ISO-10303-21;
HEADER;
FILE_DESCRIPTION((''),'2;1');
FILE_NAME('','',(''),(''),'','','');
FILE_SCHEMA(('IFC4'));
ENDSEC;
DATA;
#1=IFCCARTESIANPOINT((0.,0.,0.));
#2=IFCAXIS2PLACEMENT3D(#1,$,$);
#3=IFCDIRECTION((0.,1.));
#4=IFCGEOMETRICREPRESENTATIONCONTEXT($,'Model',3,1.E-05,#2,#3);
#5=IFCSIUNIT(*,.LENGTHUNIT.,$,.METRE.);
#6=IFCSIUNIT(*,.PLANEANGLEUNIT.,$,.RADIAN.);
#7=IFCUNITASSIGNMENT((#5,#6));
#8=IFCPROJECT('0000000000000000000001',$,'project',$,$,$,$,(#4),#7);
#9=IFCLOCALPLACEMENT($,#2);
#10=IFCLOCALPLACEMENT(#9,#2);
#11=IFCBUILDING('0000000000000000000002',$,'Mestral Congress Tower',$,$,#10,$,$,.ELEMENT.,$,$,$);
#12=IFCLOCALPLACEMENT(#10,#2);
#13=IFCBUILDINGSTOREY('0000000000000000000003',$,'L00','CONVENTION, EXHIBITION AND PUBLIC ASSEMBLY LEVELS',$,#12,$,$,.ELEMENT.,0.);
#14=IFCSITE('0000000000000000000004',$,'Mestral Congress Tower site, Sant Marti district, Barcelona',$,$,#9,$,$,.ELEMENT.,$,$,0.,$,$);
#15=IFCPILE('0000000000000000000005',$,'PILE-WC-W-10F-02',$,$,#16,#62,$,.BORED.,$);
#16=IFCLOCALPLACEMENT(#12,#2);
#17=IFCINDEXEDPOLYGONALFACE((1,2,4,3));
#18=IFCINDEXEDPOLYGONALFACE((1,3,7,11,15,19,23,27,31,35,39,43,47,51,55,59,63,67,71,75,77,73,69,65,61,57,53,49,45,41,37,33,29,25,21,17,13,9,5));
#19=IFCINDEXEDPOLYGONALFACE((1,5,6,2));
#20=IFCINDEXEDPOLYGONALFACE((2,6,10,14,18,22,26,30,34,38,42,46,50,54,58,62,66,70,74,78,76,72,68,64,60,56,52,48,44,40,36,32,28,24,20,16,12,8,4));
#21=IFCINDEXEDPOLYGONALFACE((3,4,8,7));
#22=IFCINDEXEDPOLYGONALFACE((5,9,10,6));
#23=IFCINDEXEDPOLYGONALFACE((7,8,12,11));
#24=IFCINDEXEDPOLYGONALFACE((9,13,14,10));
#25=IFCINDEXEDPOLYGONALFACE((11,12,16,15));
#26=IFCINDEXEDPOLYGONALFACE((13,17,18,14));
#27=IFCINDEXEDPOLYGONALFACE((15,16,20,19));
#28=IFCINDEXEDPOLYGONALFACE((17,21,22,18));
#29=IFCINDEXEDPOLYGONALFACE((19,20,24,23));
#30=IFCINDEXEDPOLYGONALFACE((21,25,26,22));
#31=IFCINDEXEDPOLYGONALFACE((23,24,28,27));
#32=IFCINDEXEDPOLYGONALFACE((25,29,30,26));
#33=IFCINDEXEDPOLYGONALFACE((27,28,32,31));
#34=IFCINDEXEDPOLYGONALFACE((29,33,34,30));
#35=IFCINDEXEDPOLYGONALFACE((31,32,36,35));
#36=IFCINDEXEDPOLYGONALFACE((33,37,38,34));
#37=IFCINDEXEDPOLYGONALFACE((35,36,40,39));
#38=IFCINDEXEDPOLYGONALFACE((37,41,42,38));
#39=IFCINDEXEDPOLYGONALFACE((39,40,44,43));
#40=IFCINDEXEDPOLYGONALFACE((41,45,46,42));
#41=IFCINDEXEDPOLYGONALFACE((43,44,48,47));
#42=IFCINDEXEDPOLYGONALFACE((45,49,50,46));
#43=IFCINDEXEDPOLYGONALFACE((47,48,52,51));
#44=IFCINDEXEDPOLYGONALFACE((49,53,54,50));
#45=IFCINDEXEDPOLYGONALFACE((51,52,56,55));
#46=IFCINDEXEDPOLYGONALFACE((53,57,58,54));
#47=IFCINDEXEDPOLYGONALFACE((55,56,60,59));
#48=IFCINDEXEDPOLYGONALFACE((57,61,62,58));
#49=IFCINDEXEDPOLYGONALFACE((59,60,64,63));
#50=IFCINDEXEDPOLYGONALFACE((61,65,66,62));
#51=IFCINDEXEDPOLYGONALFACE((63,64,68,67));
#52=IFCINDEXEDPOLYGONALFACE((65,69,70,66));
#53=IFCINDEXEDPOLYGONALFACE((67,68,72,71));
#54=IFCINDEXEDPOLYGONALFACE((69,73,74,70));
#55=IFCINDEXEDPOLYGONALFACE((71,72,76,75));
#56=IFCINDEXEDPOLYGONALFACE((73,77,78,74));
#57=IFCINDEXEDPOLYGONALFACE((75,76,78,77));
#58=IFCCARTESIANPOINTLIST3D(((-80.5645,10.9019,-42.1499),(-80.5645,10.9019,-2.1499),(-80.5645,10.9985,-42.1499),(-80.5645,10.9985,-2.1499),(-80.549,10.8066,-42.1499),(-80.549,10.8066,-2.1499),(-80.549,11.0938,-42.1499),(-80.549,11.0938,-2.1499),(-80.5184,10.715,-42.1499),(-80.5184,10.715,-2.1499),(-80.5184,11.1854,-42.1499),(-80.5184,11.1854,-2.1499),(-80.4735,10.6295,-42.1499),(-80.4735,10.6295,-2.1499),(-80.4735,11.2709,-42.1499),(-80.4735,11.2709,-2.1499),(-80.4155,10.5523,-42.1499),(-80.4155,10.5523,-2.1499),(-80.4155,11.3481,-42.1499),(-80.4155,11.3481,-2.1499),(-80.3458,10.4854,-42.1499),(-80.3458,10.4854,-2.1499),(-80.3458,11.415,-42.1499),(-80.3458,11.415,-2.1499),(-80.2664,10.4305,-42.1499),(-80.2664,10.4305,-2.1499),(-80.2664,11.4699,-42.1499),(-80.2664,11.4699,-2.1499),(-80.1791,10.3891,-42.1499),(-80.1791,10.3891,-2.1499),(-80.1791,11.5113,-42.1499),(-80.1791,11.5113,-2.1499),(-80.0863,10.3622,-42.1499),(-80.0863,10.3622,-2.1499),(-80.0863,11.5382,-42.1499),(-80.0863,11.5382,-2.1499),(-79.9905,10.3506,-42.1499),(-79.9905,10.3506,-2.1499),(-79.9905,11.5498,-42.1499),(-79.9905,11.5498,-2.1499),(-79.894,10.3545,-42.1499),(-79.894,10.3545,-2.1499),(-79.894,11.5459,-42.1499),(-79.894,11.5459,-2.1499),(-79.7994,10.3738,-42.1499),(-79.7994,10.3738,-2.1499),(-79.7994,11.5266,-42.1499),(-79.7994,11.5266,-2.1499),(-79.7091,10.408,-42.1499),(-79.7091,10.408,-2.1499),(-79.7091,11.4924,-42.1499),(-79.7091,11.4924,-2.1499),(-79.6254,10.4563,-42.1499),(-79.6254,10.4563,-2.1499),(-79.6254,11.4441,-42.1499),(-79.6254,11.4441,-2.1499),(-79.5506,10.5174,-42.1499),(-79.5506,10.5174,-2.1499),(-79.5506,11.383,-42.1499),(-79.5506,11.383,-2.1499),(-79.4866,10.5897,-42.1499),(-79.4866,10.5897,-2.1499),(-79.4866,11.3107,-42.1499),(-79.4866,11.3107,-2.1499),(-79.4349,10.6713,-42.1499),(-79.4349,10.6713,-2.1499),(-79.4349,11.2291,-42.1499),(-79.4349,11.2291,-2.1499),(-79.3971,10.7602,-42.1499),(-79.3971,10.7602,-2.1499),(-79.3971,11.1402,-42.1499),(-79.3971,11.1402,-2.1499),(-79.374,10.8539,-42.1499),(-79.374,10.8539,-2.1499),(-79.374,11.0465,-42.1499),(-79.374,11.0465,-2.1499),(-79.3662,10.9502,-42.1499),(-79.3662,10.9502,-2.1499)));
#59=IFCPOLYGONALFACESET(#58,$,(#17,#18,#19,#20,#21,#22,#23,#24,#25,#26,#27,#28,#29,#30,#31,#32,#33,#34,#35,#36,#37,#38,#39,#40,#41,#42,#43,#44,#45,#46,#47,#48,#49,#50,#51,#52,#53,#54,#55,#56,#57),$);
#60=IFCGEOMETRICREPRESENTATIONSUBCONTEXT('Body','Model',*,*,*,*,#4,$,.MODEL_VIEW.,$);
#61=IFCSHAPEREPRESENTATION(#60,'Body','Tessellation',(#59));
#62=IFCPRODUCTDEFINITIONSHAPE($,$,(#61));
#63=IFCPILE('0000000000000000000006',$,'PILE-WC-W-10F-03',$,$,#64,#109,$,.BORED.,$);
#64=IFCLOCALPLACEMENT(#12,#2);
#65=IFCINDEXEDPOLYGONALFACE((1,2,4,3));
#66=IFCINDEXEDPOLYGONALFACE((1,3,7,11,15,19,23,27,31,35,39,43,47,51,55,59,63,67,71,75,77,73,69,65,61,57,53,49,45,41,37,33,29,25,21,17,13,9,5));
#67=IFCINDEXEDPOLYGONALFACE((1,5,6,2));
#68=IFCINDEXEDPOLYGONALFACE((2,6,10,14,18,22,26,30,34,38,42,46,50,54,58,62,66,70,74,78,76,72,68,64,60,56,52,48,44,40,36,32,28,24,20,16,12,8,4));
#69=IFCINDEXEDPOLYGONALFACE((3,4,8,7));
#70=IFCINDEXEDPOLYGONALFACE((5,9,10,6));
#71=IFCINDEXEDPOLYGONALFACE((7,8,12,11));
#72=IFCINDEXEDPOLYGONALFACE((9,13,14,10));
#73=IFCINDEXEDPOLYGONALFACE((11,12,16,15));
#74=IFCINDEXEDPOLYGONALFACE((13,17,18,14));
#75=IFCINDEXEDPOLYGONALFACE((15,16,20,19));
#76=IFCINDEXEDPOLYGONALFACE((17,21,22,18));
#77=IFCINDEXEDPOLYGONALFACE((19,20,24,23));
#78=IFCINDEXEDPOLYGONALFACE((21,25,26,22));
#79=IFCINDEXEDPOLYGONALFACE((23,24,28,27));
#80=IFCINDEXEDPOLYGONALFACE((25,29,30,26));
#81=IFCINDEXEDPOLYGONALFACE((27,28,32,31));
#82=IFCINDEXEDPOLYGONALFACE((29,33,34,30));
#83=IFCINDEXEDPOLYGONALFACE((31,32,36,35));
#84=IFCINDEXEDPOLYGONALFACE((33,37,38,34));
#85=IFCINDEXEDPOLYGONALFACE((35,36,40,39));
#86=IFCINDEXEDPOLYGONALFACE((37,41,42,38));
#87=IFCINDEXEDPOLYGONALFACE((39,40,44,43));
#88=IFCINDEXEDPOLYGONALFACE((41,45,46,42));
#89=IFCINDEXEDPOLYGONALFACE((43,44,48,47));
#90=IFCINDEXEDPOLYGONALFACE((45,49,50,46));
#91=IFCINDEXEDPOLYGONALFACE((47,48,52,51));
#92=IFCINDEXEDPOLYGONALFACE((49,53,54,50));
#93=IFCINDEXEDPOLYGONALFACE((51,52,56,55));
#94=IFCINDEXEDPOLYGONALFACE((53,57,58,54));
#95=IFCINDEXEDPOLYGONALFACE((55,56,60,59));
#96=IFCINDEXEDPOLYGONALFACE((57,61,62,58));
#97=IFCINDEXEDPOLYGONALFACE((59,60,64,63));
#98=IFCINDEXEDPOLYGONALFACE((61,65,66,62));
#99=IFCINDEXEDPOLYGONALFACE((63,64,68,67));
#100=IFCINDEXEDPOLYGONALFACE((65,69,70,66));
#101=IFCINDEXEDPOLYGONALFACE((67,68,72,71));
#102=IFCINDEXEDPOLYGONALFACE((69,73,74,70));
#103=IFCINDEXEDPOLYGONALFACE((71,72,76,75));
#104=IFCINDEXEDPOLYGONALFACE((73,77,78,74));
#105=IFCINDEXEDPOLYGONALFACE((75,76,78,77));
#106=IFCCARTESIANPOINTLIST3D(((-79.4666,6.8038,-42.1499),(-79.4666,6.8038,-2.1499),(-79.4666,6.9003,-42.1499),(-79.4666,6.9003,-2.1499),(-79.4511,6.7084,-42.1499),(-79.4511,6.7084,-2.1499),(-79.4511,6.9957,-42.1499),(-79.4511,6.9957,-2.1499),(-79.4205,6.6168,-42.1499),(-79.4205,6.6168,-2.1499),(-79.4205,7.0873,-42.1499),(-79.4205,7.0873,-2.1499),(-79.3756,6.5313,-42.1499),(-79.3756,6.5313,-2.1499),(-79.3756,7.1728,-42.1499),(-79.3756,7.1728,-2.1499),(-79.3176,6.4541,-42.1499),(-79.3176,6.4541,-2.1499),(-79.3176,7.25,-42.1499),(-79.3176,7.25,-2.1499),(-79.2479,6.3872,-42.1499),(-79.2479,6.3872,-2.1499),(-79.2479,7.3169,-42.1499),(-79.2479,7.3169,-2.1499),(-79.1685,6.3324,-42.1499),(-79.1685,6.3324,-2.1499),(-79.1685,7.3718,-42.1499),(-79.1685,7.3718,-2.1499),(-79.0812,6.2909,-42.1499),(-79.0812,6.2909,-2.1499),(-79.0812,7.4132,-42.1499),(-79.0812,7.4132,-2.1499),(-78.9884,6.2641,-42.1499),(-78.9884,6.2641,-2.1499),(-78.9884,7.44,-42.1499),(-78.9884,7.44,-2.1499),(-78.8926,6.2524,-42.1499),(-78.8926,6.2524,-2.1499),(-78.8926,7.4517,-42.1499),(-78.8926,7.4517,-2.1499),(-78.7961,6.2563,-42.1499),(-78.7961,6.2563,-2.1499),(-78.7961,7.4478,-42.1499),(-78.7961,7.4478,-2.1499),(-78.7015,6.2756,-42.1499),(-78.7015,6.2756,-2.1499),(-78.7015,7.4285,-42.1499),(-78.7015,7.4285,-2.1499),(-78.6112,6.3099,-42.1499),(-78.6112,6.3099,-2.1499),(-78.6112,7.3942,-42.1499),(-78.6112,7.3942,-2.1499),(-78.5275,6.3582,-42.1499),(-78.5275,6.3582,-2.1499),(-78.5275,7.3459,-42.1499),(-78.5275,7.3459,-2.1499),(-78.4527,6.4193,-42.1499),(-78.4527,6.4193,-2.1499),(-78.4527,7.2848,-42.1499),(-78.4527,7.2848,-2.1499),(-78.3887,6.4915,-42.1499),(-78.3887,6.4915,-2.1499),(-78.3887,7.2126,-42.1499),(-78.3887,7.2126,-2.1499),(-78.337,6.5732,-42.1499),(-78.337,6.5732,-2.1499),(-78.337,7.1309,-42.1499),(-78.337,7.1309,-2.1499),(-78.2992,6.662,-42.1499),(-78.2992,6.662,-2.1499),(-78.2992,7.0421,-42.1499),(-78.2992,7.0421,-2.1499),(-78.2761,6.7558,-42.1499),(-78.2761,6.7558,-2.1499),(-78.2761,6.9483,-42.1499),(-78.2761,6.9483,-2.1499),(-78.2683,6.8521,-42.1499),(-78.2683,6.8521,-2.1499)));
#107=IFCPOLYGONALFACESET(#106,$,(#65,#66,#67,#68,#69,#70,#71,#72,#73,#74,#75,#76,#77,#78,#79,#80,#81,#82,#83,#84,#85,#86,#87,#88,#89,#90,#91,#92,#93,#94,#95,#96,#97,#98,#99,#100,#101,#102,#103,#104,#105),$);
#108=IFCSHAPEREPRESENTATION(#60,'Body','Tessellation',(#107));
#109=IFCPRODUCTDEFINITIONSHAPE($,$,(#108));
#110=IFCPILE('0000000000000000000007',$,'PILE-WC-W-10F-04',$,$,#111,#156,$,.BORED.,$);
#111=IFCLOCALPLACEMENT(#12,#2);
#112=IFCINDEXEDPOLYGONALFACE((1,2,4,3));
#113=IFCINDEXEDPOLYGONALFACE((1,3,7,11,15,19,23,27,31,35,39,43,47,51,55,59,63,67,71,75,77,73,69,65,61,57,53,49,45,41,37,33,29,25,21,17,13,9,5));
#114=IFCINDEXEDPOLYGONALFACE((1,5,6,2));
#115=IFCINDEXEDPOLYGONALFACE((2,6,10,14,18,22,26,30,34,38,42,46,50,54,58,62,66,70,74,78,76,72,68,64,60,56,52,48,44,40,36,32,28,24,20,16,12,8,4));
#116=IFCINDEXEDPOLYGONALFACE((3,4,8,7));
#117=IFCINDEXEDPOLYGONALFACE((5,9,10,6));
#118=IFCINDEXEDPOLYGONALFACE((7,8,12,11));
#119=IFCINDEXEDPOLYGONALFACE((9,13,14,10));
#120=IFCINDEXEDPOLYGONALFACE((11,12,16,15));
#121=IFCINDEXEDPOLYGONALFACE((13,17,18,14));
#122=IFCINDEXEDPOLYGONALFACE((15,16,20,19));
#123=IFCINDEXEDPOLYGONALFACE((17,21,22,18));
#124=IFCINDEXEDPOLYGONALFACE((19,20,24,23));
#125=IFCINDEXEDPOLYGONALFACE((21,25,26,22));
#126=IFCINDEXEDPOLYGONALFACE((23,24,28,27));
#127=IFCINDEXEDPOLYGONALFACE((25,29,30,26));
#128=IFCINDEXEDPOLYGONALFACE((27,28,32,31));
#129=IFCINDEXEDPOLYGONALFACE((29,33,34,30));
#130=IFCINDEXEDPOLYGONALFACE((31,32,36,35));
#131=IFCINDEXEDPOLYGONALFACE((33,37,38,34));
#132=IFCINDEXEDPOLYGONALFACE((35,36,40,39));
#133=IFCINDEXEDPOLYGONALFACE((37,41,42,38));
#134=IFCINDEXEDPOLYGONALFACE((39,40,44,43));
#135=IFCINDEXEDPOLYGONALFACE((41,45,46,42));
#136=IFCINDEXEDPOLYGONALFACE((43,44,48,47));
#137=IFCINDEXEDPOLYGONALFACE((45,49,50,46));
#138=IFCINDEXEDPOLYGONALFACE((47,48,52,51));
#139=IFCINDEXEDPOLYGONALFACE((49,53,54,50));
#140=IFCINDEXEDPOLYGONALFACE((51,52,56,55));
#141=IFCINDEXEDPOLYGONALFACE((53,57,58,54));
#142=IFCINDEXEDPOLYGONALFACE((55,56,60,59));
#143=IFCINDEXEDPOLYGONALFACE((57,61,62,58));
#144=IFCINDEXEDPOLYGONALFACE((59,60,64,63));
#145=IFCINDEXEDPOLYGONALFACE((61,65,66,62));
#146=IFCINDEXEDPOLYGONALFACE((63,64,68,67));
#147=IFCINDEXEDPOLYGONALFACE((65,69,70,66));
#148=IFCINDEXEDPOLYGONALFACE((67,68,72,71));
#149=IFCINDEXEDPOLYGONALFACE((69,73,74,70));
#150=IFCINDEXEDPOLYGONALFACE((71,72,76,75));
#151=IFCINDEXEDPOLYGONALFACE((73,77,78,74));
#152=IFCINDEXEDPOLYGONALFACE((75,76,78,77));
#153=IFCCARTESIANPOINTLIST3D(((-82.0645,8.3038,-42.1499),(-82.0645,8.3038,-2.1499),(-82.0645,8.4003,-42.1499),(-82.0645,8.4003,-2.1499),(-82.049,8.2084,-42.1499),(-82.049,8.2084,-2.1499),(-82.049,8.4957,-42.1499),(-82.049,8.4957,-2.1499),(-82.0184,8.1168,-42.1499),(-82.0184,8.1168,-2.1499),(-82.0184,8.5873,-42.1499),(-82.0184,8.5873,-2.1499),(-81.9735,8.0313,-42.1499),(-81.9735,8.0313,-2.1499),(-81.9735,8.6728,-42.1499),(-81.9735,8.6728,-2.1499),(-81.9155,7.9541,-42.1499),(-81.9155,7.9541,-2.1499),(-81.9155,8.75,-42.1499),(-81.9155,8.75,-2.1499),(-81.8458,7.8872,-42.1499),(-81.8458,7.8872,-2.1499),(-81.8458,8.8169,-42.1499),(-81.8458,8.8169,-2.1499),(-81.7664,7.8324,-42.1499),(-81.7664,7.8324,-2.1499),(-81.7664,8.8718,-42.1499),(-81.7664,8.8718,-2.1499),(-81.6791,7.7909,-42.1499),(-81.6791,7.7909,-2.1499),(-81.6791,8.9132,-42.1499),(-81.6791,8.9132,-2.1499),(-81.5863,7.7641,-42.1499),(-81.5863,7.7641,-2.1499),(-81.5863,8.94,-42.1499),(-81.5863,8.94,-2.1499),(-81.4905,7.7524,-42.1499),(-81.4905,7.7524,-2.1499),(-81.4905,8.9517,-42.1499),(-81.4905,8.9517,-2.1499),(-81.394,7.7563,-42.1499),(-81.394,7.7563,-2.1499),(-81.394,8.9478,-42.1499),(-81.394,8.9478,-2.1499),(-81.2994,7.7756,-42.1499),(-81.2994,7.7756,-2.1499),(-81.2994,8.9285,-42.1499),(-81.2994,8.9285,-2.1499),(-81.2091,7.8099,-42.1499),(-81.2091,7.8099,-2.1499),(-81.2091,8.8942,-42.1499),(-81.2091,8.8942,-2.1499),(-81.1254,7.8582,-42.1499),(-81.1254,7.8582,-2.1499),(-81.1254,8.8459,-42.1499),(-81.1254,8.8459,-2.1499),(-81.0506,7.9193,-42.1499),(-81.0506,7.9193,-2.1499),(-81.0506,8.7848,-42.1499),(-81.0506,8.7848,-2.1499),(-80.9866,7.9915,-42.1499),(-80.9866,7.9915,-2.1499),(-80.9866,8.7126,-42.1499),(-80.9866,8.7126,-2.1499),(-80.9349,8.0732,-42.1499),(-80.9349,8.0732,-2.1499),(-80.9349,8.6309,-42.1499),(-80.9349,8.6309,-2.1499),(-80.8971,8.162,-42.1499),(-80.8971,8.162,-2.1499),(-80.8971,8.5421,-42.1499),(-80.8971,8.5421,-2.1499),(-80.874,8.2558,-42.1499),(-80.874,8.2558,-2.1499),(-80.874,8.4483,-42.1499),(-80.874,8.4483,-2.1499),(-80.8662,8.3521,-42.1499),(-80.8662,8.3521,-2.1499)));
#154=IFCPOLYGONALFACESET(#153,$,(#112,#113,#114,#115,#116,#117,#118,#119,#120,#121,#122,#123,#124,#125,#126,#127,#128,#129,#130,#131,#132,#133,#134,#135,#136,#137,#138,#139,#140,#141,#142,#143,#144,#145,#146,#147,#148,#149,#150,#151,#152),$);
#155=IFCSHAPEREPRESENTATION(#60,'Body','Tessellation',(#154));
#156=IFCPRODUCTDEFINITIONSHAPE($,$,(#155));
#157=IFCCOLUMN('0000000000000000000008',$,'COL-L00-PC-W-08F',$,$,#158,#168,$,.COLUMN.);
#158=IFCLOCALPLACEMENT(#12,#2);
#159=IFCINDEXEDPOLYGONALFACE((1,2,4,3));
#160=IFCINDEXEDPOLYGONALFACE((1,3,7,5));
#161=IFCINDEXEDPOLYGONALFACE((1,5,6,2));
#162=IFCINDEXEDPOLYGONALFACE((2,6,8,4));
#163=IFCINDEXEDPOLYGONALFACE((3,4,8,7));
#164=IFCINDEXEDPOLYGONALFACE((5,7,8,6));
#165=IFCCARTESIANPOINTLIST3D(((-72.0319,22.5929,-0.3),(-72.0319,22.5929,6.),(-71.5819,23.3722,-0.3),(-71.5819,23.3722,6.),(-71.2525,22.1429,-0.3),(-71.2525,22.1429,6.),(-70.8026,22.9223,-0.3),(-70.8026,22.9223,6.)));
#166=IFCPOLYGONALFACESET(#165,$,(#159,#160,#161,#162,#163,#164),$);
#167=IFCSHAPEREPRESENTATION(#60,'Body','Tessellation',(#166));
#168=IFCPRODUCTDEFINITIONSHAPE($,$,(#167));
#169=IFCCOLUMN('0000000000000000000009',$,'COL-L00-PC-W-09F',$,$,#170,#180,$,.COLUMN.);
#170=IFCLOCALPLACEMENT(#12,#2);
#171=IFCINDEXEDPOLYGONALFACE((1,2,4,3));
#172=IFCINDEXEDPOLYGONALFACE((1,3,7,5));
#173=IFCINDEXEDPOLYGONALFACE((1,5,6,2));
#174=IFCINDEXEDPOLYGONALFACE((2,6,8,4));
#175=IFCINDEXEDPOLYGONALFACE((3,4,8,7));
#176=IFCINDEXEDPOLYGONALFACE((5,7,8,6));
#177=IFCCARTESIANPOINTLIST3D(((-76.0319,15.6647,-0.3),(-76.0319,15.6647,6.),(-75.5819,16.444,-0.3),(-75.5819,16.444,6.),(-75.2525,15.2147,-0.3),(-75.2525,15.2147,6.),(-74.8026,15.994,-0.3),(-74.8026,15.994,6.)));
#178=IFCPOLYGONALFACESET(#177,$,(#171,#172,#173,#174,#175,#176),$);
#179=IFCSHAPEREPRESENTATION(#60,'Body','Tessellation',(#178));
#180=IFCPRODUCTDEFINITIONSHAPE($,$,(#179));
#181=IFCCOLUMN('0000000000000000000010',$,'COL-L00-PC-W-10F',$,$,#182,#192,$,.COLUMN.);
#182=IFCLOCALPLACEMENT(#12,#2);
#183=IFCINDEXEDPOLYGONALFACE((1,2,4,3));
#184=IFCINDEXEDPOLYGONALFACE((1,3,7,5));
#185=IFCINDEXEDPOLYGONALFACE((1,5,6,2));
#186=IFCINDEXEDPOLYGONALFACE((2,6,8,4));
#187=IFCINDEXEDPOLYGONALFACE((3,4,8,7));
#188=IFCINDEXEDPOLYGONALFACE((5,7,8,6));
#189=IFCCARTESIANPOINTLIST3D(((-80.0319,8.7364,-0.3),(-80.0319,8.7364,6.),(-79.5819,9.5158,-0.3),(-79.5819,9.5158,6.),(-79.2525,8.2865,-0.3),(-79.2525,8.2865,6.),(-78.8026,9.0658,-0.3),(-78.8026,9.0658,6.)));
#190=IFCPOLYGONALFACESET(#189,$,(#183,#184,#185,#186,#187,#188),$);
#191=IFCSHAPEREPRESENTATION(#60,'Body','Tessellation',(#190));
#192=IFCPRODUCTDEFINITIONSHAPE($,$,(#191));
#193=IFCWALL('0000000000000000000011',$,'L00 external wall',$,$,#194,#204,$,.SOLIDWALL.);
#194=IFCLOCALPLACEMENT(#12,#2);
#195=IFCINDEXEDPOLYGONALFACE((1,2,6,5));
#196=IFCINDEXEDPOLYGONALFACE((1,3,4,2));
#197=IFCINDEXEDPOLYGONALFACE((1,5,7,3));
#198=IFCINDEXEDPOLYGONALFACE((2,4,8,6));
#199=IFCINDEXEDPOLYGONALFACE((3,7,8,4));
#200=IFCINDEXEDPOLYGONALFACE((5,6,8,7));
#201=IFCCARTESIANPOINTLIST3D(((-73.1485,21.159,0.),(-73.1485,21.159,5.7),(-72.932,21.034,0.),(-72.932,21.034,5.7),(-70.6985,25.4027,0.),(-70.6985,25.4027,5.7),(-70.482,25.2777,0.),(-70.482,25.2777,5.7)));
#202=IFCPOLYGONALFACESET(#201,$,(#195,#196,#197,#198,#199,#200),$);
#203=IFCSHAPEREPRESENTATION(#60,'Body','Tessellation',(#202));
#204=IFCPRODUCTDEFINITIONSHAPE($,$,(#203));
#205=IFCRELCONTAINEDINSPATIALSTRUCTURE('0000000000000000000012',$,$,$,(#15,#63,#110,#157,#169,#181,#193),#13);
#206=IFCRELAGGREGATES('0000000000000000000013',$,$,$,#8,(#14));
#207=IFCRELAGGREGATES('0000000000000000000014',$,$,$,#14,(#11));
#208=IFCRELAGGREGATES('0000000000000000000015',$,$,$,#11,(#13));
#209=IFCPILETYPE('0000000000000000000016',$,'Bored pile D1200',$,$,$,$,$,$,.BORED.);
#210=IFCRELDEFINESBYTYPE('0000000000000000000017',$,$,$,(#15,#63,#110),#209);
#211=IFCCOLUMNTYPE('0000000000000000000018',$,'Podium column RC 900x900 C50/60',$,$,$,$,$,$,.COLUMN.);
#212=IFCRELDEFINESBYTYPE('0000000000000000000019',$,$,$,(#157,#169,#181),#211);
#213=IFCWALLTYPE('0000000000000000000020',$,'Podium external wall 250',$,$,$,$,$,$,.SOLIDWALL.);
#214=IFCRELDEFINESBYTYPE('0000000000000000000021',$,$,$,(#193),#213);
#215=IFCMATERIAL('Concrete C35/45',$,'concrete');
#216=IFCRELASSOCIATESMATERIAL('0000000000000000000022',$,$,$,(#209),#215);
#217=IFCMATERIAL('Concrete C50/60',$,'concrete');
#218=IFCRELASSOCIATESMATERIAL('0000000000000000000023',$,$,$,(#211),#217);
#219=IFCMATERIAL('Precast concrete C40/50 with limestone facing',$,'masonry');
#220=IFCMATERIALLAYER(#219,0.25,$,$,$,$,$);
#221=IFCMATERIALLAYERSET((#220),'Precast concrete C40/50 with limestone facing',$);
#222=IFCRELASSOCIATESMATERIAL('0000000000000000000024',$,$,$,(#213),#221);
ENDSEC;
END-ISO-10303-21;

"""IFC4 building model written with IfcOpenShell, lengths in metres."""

from ifc_helpers import new_model, si_unit, direction, frame, frame_2d, origin, origin_2d, place, context, subcontext, project, spatial, rectangle, circle, extrude, material, layer, layer_set, material_profile, profile_set, type_object, element, save


model = new_model("IFC4")

# Units and contexts
model_context = context("Model", 3, precision=1e-05, world=origin(), true_north=direction((0.0, 1.0)))
body_context = subcontext(model_context, "Body", "Model", "MODEL_VIEW")
ifc_project = project(units=[si_unit("LENGTHUNIT", "METRE"), si_unit("PLANEANGLEUNIT", "RADIAN")], contexts=[model_context])

# Site, building, storey
site_placement = place(None, origin())
site = spatial("IfcSite", under=ifc_project, at=site_placement, Name="Mestral Congress Tower site, Sant Marti district, Barcelona", CompositionType="ELEMENT", RefElevation=0.0)
building_placement = place(site_placement, origin())
building = spatial("IfcBuilding", under=site, at=building_placement, Name="Mestral Congress Tower", CompositionType="ELEMENT")
storey_placement = place(building_placement, origin())
storey = spatial("IfcBuildingStorey", under=building, at=storey_placement, Name="L00", Description="CONVENTION, EXHIBITION AND PUBLIC ASSEMBLY LEVELS", CompositionType="ELEMENT", Elevation=0.0)

# Piles
ifc_material_1 = material(Name="Concrete C35/45", Category="concrete")
ifc_material_profile_1 = material_profile(ifc_material_1, circle(Radius=0.6001, at=origin_2d()), Name="D1200")
ifc_profile_set_1 = profile_set([ifc_material_profile_1], Name="Concrete C35/45")
pile_type = type_object("IfcPileType", Name="Bored pile D1200", PredefinedType="BORED", material=ifc_profile_set_1)
for number, where, z_axis, x_axis, name in (
    (1, (-79.9663, 10.9502, -2.1499), (0.0, 0.0, -1.0), (1.0, 0.0, 0.0), "PILE-WC-W-10F-02"),
    (2, (-78.8684, 6.8521, -2.1499), (0.0, 0.0, -1.0), (1.0, 0.0, 0.0), "PILE-WC-W-10F-03"),
    (3, (-81.4663, 8.3521, -2.1499), (0.0, 0.0, -1.0), (1.0, 0.0, 0.0), "PILE-WC-W-10F-04"),
):
    element("IfcPile", number, at=place(storey_placement, frame(where, z_axis=z_axis, x_axis=x_axis)), inside=storey, type_object=pile_type, Name=name, PredefinedType="BORED", context=body_context, shape_type="SweptSolid", body=[
        extrude(circle(Radius=0.6001, at=origin_2d()), origin(), (0.0, 0.0, 1.0), 40.0),
    ])

# Columns
ifc_material_2 = material(Name="Concrete C50/60", Category="concrete")
ifc_material_profile_2 = material_profile(ifc_material_2, rectangle(XDim=0.8999, YDim=0.8999, at=origin_2d()), Name="RC 900x900")
ifc_profile_set_2 = profile_set([ifc_material_profile_2], Name="Concrete C50/60")
column_type = type_object("IfcColumnType", Name="Podium column RC 900x900 C50/60", PredefinedType="COLUMN", material=ifc_profile_set_2)
for number, where, z_axis, x_axis, name in (
    (4, (-71.4172, 22.7576, -0.3), (0.0, 0.0, 1.0), (-0.5, -0.866025, 0.0), "COL-L00-PC-W-08F"),
    (5, (-75.4172, 15.8293, -0.3), (0.0, 0.0, 1.0), (-0.5, -0.866025, 0.0), "COL-L00-PC-W-09F"),
    (6, (-79.4172, 8.9011, -0.3), (0.0, 0.0, 1.0), (-0.5, -0.866025, 0.0), "COL-L00-PC-W-10F"),
):
    element("IfcColumn", number, at=place(storey_placement, frame(where, z_axis=z_axis, x_axis=x_axis)), inside=storey, type_object=column_type, Name=name, PredefinedType="COLUMN", context=body_context, shape_type="SweptSolid", body=[
        extrude(rectangle(XDim=0.8999, YDim=0.8999, at=origin_2d()), origin(), (0.0, 0.0, 1.0), 6.3),
    ])

# Wall
ifc_material_3 = material(Name="Precast concrete C40/50 with limestone facing", Category="masonry")
ifc_layer_1 = layer(ifc_material_3, 0.25)
ifc_layer_set_1 = layer_set([ifc_layer_1], Name="Precast concrete C40/50 with limestone facing")
wall_type_1 = type_object("IfcWallType", Name="Podium external wall 250", PredefinedType="SOLIDWALL", material=ifc_layer_set_1)
wall_1_placement = place(storey_placement, frame((-73.0403, 21.0964, 0.0), z_axis=(0.0, 0.0, 1.0), x_axis=(0.499981, 0.866036, 0.0)))
element("IfcWall", 7, at=wall_1_placement, inside=storey, type_object=wall_type_1, Name="L00 external wall", PredefinedType="SOLIDWALL", context=body_context, shape_type="SweptSolid", body=[
    extrude(rectangle(XDim=4.9001, YDim=0.25, at=frame_2d((2.4502, 0.0))), origin(), (0.0, 0.0, 1.0), 5.7),
])

save(model, "model.ifc")
